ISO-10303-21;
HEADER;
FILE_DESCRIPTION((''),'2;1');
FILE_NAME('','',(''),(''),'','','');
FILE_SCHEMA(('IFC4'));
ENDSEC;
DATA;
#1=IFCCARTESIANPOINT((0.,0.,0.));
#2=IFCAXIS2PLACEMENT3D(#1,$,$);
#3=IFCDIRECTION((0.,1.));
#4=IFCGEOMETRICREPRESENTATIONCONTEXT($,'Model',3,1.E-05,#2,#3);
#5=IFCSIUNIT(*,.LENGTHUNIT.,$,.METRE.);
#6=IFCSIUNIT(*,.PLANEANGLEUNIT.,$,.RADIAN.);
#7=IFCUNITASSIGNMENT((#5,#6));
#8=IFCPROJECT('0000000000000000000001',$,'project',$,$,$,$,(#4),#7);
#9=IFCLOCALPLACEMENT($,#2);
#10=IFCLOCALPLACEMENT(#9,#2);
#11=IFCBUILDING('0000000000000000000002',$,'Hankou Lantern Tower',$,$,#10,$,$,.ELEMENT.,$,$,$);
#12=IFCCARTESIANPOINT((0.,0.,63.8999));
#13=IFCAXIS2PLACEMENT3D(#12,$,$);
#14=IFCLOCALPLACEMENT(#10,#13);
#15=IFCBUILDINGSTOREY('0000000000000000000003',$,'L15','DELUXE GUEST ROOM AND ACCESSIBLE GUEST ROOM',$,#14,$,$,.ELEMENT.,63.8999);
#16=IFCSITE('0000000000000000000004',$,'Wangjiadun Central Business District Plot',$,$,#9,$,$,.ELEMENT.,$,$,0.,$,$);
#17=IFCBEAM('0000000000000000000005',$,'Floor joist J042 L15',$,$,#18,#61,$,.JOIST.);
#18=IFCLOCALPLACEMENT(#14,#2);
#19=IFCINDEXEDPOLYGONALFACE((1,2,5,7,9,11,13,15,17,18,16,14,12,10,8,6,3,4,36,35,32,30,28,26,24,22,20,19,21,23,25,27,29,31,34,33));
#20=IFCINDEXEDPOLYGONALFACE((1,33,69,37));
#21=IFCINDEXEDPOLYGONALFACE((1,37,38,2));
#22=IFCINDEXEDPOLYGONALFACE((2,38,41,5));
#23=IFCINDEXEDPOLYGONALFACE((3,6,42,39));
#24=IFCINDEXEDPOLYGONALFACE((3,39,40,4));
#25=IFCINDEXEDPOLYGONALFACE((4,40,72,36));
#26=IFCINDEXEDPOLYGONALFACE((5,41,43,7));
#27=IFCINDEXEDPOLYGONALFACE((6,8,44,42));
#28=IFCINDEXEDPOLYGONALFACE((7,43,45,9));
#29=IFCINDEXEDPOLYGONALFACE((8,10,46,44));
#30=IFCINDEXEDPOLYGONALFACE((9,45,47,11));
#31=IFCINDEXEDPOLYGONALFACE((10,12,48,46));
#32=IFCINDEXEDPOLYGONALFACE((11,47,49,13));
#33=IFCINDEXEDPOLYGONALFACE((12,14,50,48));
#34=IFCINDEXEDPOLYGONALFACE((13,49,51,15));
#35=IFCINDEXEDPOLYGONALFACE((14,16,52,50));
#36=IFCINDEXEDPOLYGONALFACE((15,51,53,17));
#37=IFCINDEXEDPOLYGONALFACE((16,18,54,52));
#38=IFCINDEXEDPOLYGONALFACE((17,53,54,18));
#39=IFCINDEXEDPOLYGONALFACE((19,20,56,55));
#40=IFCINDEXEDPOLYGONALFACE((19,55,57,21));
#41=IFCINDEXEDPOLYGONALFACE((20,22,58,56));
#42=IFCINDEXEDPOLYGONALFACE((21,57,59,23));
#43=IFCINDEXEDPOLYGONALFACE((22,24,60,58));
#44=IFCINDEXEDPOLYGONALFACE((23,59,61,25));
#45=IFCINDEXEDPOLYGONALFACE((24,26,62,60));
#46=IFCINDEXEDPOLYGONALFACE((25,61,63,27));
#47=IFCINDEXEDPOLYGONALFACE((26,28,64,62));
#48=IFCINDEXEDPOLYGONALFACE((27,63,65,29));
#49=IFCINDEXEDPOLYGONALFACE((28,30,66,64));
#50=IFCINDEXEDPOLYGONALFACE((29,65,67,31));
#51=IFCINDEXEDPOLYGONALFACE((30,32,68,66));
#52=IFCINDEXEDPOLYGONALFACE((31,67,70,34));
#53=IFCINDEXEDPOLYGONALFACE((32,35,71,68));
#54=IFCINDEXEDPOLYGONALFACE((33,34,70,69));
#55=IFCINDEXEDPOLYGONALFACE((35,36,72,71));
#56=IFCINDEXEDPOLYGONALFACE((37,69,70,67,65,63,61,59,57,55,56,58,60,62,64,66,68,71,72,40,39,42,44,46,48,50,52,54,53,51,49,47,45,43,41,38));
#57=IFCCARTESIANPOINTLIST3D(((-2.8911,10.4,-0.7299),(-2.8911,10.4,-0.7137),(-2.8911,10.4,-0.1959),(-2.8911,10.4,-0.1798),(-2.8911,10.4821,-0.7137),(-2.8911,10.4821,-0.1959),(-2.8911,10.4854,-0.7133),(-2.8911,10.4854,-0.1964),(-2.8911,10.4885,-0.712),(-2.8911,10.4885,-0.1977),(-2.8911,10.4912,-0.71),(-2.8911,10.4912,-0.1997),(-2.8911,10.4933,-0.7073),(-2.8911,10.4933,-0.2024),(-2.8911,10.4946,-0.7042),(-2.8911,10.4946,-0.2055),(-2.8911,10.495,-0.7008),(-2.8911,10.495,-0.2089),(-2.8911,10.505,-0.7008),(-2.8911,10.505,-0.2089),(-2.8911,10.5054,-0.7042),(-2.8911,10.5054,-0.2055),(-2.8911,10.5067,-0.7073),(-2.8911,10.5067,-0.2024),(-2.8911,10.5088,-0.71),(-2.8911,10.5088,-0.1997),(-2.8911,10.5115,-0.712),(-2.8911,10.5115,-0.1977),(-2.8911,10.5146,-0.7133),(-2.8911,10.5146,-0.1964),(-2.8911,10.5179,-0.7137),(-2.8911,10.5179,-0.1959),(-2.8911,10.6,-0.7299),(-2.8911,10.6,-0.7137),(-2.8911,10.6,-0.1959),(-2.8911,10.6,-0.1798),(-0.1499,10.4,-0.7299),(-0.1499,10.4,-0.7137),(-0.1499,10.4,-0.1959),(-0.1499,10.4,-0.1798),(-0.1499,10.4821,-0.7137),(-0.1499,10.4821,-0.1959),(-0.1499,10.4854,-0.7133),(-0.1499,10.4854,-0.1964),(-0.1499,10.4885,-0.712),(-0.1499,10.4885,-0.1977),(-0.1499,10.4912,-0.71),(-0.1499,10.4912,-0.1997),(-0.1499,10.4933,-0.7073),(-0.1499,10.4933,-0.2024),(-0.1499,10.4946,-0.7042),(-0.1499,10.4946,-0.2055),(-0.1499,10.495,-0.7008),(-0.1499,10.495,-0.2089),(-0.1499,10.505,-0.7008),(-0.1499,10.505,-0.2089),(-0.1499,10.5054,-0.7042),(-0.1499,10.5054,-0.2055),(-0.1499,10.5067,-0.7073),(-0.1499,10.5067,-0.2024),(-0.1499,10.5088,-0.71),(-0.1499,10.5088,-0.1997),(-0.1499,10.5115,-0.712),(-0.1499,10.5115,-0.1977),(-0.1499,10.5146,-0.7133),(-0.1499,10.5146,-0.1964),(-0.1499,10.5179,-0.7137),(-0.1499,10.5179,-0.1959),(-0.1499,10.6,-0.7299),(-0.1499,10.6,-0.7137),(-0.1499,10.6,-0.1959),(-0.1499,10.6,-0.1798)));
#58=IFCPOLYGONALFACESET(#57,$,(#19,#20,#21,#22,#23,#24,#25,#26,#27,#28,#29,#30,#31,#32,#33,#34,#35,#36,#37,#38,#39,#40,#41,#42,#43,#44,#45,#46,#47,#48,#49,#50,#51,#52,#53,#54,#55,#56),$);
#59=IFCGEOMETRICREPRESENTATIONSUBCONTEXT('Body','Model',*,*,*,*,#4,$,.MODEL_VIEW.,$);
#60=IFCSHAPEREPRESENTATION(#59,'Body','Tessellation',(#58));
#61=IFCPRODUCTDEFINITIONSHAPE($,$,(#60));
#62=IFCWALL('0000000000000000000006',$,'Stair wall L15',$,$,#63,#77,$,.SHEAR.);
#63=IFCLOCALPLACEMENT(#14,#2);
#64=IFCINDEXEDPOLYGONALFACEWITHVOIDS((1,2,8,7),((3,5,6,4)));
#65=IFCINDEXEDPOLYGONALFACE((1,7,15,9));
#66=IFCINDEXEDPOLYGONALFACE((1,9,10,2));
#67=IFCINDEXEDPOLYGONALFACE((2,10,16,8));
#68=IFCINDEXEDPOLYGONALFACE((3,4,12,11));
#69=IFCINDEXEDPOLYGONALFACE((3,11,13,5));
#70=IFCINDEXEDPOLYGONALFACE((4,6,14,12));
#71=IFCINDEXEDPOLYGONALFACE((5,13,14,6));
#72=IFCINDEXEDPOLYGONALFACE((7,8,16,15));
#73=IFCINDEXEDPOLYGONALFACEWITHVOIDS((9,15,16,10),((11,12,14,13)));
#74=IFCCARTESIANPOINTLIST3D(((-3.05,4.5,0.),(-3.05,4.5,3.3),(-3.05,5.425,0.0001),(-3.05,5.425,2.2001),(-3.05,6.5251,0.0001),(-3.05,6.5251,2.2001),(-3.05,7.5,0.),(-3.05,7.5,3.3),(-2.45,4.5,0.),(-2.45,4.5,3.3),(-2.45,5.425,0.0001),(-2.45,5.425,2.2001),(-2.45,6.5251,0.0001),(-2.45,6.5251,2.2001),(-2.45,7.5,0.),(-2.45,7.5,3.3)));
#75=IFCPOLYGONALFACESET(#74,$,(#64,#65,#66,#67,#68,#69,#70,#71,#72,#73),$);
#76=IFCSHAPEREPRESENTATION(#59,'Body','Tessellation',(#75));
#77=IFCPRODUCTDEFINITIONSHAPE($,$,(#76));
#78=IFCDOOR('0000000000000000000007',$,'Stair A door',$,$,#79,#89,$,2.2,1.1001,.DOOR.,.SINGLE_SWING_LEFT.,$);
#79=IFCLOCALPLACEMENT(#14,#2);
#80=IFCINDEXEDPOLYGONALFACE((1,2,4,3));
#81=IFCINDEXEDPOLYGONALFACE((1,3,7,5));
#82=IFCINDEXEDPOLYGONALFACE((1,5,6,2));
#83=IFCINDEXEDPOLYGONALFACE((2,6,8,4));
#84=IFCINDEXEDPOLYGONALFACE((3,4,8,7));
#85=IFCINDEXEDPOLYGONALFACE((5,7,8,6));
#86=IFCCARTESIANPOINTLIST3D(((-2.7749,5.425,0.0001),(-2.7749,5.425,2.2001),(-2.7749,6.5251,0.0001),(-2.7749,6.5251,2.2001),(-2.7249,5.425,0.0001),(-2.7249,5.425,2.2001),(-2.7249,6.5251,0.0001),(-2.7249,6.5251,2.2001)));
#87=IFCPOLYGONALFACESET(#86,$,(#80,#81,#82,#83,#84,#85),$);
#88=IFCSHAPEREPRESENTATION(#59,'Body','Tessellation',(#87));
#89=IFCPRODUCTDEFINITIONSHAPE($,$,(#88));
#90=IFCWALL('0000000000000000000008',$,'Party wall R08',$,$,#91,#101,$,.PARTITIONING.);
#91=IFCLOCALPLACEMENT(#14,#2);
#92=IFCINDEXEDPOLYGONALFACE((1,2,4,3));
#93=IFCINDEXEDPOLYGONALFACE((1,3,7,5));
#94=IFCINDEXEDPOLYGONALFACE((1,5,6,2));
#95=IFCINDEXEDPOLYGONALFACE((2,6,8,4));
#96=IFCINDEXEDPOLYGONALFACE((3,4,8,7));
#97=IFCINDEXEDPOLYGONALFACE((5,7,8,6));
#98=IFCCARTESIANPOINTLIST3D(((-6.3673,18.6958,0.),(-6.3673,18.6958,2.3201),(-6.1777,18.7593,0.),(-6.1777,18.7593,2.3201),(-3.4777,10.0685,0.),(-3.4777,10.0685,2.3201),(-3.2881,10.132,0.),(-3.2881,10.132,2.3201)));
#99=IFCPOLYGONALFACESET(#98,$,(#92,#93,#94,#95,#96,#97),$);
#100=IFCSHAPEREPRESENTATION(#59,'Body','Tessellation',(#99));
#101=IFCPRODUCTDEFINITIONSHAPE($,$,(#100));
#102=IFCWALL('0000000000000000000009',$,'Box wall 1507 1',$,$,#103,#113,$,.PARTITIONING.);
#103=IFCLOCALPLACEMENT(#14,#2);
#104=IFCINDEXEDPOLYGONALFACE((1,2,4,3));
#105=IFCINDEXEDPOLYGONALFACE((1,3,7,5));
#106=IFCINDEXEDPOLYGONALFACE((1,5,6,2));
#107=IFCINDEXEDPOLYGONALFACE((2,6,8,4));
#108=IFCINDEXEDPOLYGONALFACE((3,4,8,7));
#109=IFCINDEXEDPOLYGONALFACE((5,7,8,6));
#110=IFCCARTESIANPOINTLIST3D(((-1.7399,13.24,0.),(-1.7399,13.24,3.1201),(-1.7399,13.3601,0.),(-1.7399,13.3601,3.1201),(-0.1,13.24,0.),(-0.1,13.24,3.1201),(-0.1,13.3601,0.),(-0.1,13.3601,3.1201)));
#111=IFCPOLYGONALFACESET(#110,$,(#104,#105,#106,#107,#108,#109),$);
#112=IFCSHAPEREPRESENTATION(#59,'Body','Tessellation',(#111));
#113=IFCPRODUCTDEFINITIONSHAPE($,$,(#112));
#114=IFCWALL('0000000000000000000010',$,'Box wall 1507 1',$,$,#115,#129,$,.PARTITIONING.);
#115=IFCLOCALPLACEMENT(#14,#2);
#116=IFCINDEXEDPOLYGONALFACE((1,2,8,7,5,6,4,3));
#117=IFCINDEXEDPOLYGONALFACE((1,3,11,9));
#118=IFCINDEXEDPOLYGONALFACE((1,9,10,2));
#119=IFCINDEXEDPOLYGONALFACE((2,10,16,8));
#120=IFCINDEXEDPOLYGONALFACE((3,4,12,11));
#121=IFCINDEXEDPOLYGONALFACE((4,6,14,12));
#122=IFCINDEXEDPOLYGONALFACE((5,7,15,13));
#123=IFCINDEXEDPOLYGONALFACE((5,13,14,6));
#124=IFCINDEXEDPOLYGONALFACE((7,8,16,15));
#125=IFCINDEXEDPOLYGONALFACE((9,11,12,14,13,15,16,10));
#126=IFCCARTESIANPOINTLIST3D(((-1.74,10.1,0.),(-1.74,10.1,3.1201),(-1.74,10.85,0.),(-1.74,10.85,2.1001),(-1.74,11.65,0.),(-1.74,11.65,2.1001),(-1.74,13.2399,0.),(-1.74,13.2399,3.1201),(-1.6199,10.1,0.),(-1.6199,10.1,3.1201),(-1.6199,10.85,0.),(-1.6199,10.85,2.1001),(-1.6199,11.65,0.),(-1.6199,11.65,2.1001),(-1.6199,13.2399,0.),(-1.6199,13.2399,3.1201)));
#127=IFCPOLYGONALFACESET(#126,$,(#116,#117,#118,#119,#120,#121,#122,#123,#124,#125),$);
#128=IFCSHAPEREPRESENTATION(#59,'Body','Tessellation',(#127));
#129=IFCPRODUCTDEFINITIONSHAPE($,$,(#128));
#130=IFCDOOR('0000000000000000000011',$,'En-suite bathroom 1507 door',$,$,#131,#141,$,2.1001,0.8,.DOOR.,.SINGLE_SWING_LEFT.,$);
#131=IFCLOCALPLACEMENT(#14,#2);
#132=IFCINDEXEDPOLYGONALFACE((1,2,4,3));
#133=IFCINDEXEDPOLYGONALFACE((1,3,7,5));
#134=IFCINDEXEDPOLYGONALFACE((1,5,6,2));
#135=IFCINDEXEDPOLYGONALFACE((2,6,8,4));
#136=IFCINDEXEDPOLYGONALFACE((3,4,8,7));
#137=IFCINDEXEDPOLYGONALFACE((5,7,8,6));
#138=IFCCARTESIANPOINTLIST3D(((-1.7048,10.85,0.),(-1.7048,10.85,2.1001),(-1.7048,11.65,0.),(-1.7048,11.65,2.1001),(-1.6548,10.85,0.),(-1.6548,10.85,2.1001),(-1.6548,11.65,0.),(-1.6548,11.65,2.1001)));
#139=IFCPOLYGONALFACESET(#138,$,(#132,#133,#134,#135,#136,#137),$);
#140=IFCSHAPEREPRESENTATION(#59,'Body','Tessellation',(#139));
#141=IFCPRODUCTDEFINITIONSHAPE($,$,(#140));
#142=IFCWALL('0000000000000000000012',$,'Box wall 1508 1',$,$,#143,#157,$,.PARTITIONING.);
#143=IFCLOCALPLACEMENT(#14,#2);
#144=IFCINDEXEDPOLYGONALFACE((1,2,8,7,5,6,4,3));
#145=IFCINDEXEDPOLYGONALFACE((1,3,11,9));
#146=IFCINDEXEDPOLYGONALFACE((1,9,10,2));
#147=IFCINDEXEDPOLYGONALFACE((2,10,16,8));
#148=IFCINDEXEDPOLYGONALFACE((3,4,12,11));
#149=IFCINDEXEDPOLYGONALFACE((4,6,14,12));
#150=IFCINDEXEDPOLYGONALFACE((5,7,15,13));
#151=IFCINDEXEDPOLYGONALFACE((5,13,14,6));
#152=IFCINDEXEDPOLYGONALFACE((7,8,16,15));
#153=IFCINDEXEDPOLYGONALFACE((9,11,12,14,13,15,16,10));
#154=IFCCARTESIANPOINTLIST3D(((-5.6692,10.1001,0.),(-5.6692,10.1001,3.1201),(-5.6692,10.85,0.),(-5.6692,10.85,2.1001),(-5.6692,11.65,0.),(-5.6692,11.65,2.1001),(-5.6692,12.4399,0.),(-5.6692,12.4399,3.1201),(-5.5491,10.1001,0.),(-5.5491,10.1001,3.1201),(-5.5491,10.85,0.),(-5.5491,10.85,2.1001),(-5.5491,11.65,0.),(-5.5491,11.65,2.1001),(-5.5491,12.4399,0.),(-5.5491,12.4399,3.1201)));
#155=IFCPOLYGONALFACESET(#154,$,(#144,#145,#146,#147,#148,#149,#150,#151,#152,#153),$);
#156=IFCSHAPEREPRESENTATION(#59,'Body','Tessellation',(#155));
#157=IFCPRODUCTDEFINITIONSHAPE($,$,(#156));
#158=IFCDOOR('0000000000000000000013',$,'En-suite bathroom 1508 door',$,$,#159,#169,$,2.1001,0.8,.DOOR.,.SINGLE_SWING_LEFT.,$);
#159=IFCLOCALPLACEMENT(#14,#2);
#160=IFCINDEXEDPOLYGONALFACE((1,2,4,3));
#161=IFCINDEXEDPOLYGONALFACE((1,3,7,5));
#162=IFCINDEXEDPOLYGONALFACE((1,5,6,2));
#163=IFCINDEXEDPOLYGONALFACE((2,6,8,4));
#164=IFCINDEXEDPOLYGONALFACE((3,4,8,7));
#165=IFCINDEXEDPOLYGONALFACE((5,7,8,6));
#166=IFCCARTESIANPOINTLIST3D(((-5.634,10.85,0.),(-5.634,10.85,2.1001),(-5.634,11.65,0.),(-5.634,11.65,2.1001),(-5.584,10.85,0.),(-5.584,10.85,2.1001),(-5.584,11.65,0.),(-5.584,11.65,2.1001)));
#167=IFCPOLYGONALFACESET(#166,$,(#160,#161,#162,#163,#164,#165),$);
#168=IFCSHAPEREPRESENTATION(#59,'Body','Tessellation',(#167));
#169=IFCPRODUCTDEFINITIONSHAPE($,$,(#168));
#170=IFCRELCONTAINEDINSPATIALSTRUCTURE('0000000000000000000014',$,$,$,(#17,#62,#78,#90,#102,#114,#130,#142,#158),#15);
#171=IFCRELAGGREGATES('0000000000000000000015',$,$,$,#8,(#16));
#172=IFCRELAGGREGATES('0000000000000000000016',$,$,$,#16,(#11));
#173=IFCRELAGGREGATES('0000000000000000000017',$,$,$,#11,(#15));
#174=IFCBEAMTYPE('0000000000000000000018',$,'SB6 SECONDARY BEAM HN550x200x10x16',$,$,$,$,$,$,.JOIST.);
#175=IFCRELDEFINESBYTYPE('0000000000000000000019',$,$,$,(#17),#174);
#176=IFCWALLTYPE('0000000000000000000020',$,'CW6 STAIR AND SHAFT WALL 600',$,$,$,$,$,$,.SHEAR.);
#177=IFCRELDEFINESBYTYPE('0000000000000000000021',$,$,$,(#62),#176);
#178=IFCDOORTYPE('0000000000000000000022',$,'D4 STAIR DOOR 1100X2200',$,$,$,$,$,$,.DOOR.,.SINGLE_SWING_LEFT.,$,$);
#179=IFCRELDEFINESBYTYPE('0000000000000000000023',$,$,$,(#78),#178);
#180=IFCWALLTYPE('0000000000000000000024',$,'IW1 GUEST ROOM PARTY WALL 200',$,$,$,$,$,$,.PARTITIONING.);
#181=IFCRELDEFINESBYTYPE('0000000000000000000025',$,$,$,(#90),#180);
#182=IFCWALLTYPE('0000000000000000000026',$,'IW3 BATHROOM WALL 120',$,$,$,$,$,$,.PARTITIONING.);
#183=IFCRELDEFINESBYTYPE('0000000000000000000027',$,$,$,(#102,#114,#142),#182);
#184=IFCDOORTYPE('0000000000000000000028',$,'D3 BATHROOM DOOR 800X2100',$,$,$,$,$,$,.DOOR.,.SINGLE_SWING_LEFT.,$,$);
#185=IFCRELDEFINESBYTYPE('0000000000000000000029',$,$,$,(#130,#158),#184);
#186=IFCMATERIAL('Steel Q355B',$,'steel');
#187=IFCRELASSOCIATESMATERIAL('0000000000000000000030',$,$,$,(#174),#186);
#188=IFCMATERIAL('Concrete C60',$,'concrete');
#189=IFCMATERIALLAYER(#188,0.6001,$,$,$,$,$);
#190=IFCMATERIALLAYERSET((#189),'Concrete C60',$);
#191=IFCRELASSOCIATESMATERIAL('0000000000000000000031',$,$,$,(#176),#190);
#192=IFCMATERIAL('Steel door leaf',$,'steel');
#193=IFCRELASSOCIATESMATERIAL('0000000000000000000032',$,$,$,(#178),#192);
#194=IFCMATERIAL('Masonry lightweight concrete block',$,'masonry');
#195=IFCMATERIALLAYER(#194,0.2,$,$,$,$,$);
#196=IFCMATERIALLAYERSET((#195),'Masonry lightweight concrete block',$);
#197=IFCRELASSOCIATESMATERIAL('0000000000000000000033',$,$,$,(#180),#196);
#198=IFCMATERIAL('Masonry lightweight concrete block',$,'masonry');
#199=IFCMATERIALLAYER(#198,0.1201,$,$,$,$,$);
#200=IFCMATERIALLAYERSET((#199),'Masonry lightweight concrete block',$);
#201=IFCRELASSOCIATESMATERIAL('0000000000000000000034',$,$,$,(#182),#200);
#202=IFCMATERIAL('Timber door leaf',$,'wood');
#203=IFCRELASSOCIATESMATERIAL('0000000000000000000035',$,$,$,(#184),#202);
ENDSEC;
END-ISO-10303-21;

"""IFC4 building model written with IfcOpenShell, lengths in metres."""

from ifc_helpers import new_model, si_unit, direction, frame, frame_2d, origin, origin_2d, place, context, subcontext, project, spatial, rectangle, i_section, extrude, material, layer, layer_set, material_profile, profile_set, type_object, element, fill, save


model = new_model("IFC4")

# Units and contexts
model_context = context("Model", 3, precision=1e-05, world=origin(), true_north=direction((0.0, 1.0)))
body_context = subcontext(model_context, "Body", "Model", "MODEL_VIEW")
ifc_project = project(units=[si_unit("LENGTHUNIT", "METRE"), si_unit("PLANEANGLEUNIT", "RADIAN")], contexts=[model_context])

# Site, building, storey
site_placement = place(None, origin())
site = spatial("IfcSite", under=ifc_project, at=site_placement, Name="Wangjiadun Central Business District Plot", CompositionType="ELEMENT", RefElevation=0.0)
building_placement = place(site_placement, origin())
building = spatial("IfcBuilding", under=site, at=building_placement, Name="Hankou Lantern Tower", CompositionType="ELEMENT")
storey_placement = place(building_placement, frame((0.0, 0.0, 63.8999)))
storey = spatial("IfcBuildingStorey", under=building, at=storey_placement, Name="L15", Description="DELUXE GUEST ROOM AND ACCESSIBLE GUEST ROOM", CompositionType="ELEMENT", Elevation=63.8999)

# Beam
ifc_material_1 = material(Name="Steel Q355B", Category="steel")
ifc_material_profile_1 = material_profile(ifc_material_1, i_section(OverallWidth=0.2, OverallDepth=0.55, WebThickness=0.01, FlangeThickness=0.0161, FilletRadius=0.0129, at=origin_2d()), Name="HN550x200x10x16")
ifc_profile_set_1 = profile_set([ifc_material_profile_1], Name="Steel Q355B")
beam_type_1 = type_object("IfcBeamType", Name="SB6 SECONDARY BEAM HN550x200x10x16", PredefinedType="JOIST", material=ifc_profile_set_1)
beam_1_placement = place(storey_placement, frame((-2.8911, 10.5, -0.4548), z_axis=(1.0, 0.0, 0.0), x_axis=(0.0, 1.0, 0.0)))
element("IfcBeam", 1, at=beam_1_placement, inside=storey, type_object=beam_type_1, Name="Floor joist J042 L15", PredefinedType="JOIST", context=body_context, shape_type="SweptSolid", body=[
    extrude(i_section(OverallWidth=0.2, OverallDepth=0.55, WebThickness=0.01, FlangeThickness=0.0161, FilletRadius=0.0129, at=origin_2d()), origin(), (0.0, 0.0, 1.0), 2.7412),
])

# Wall, opening, door
ifc_material_2 = material(Name="Concrete C60", Category="concrete")
ifc_layer_1 = layer(ifc_material_2, 0.6001)
ifc_layer_set_1 = layer_set([ifc_layer_1], Name="Concrete C60")
wall_type_1 = type_object("IfcWallType", Name="CW6 STAIR AND SHAFT WALL 600", PredefinedType="SHEAR", material=ifc_layer_set_1)
wall_1_placement = place(storey_placement, frame((-2.75, 4.5, 0.0), z_axis=(0.0, 0.0, 1.0), x_axis=(0.0, 1.0, 0.0)))
wall_1 = element("IfcWall", 2, at=wall_1_placement, inside=storey, type_object=wall_type_1, Name="Stair wall L15", PredefinedType="SHEAR", context=body_context, shape_type="SweptSolid", body=[
    extrude(rectangle(XDim=3.0, YDim=0.6001, at=frame_2d((1.5, 0.0))), origin(), (0.0, 0.0, 1.0), 3.3),
])
opening_1_placement = place(wall_1_placement, frame((0.925, 0.0, 0.0)))
opening_1 = element("IfcOpeningElement", 3, at=opening_1_placement, cuts=wall_1, PredefinedType="OPENING", context=body_context, shape_type="SweptSolid", body=[
    extrude(rectangle(XDim=1.1001, YDim=2.2, at=frame_2d((0.55, 1.1001))), frame((0.0, 0.3101, 0.0), z_axis=(0.0, -1.0, 0.0), x_axis=(1.0, 0.0, 0.0)), (0.0, 0.0, 1.0), 0.6201),
])
ifc_material_3 = material(Name="Steel door leaf", Category="steel")
door_type_1 = type_object("IfcDoorType", Name="D4 STAIR DOOR 1100X2200", OperationType="SINGLE_SWING_LEFT", PredefinedType="DOOR", material=ifc_material_3)
door_1_placement = place(opening_1_placement, origin())
door_1 = element("IfcDoor", 4, at=door_1_placement, inside=storey, type_object=door_type_1, Name="Stair A door", OperationType="SINGLE_SWING_LEFT", OverallHeight=2.2, OverallWidth=1.1001, PredefinedType="DOOR", context=body_context, shape_type="SweptSolid", body=[
    extrude(rectangle(XDim=1.1001, YDim=2.2, at=frame_2d((0.55, 1.1001))), frame((0.0, 0.0249, 0.0), z_axis=(0.0, -1.0, 0.0), x_axis=(1.0, 0.0, 0.0)), (0.0, 0.0, 1.0), 0.05),
])
fill(opening_1, door_1)

# Walls
ifc_material_4 = material(Name="Masonry lightweight concrete block", Category="masonry")
ifc_layer_2 = layer(ifc_material_4, 0.2)
ifc_layer_set_2 = layer_set([ifc_layer_2], Name="Masonry lightweight concrete block")
wall_type_2 = type_object("IfcWallType", Name="IW1 GUEST ROOM PARTY WALL 200", PredefinedType="PARTITIONING", material=ifc_layer_set_2)
wall_2_placement = place(storey_placement, frame((-3.3828, 10.1001, 0.0), z_axis=(0.0, 0.0, 1.0), x_axis=(-0.317596, 0.948226, 0.0)))
element("IfcWall", 5, at=wall_2_placement, inside=storey, type_object=wall_type_2, Name="Party wall R08", PredefinedType="PARTITIONING", context=body_context, shape_type="SweptSolid", body=[
    extrude(rectangle(XDim=9.0984, YDim=0.2, at=frame_2d((4.5493, 0.0))), origin(), (0.0, 0.0, 1.0), 2.3201),
])
ifc_material_5 = material(Name="Masonry lightweight concrete block", Category="masonry")
ifc_layer_3 = layer(ifc_material_5, 0.1201)
ifc_layer_set_3 = layer_set([ifc_layer_3], Name="Masonry lightweight concrete block")
wall_type_3 = type_object("IfcWallType", Name="IW3 BATHROOM WALL 120", PredefinedType="PARTITIONING", material=ifc_layer_set_3)
wall_3_placement = place(storey_placement, frame((-0.1001, 13.3, 0.0), z_axis=(0.0, 0.0, 1.0), x_axis=(-1.0, 0.0, 0.0)))
element("IfcWall", 6, at=wall_3_placement, inside=storey, type_object=wall_type_3, Name="Box wall 1507 1", PredefinedType="PARTITIONING", context=body_context, shape_type="SweptSolid", body=[
    extrude(rectangle(XDim=1.6399, YDim=0.1201, at=frame_2d((0.8198, 0.0))), origin(), (0.0, 0.0, 1.0), 3.1201),
])

# Walls, openings, doors
wall_4_placement = place(storey_placement, frame((-1.6799, 10.1001, 0.0), z_axis=(0.0, 0.0, 1.0), x_axis=(0.0, 1.0, 0.0)))
wall_4 = element("IfcWall", 7, at=wall_4_placement, inside=storey, type_object=wall_type_3, Name="Box wall 1507 1", PredefinedType="PARTITIONING", context=body_context, shape_type="SweptSolid", body=[
    extrude(rectangle(XDim=3.1399, YDim=0.1201, at=frame_2d((1.5698, 0.0))), origin(), (0.0, 0.0, 1.0), 3.1201),
])
opening_2_placement = place(wall_4_placement, frame((0.75, 0.0, 0.0)))
opening_2 = element("IfcOpeningElement", 8, at=opening_2_placement, cuts=wall_4, PredefinedType="OPENING", context=body_context, shape_type="SweptSolid", body=[
    extrude(rectangle(XDim=0.8, YDim=2.1001, at=frame_2d((0.3999, 1.05))), frame((0.0, 0.0701, 0.0), z_axis=(0.0, -1.0, 0.0), x_axis=(1.0, 0.0, 0.0)), (0.0, 0.0, 1.0), 0.1401),
])
ifc_material_6 = material(Name="Timber door leaf", Category="wood")
door_type_2 = type_object("IfcDoorType", Name="D3 BATHROOM DOOR 800X2100", OperationType="SINGLE_SWING_LEFT", PredefinedType="DOOR", material=ifc_material_6)
door_2_placement = place(opening_2_placement, origin())
door_2 = element("IfcDoor", 9, at=door_2_placement, inside=storey, type_object=door_type_2, Name="En-suite bathroom 1507 door", OperationType="SINGLE_SWING_LEFT", OverallHeight=2.1001, OverallWidth=0.8, PredefinedType="DOOR", context=body_context, shape_type="SweptSolid", body=[
    extrude(rectangle(XDim=0.8, YDim=2.1001, at=frame_2d((0.3999, 1.05))), frame((0.0, 0.0249, 0.0), z_axis=(0.0, -1.0, 0.0), x_axis=(1.0, 0.0, 0.0)), (0.0, 0.0, 1.0), 0.05),
])
fill(opening_2, door_2)
wall_5_placement = place(storey_placement, frame((-5.6091, 10.1001, 0.0), z_axis=(0.0, 0.0, 1.0), x_axis=(0.0, 1.0, 0.0)))
wall_5 = element("IfcWall", 10, at=wall_5_placement, inside=storey, type_object=wall_type_3, Name="Box wall 1508 1", PredefinedType="PARTITIONING", context=body_context, shape_type="SweptSolid", body=[
    extrude(rectangle(XDim=2.3398, YDim=0.1201, at=frame_2d((1.1699, 0.0))), origin(), (0.0, 0.0, 1.0), 3.1201),
])
opening_3_placement = place(wall_5_placement, frame((0.75, 0.0, 0.0)))
opening_3 = element("IfcOpeningElement", 11, at=opening_3_placement, cuts=wall_5, PredefinedType="OPENING", context=body_context, shape_type="SweptSolid", body=[
    extrude(rectangle(XDim=0.8, YDim=2.1001, at=frame_2d((0.3999, 1.05))), frame((0.0, 0.0701, 0.0), z_axis=(0.0, -1.0, 0.0), x_axis=(1.0, 0.0, 0.0)), (0.0, 0.0, 1.0), 0.1401),
])
door_3_placement = place(opening_3_placement, origin())
door_3 = element("IfcDoor", 12, at=door_3_placement, inside=storey, type_object=door_type_2, Name="En-suite bathroom 1508 door", OperationType="SINGLE_SWING_LEFT", OverallHeight=2.1001, OverallWidth=0.8, PredefinedType="DOOR", context=body_context, shape_type="SweptSolid", body=[
    extrude(rectangle(XDim=0.8, YDim=2.1001, at=frame_2d((0.3999, 1.05))), frame((0.0, 0.0249, 0.0), z_axis=(0.0, -1.0, 0.0), x_axis=(1.0, 0.0, 0.0)), (0.0, 0.0, 1.0), 0.05),
])
fill(opening_3, door_3)

save(model, "model.ifc")
